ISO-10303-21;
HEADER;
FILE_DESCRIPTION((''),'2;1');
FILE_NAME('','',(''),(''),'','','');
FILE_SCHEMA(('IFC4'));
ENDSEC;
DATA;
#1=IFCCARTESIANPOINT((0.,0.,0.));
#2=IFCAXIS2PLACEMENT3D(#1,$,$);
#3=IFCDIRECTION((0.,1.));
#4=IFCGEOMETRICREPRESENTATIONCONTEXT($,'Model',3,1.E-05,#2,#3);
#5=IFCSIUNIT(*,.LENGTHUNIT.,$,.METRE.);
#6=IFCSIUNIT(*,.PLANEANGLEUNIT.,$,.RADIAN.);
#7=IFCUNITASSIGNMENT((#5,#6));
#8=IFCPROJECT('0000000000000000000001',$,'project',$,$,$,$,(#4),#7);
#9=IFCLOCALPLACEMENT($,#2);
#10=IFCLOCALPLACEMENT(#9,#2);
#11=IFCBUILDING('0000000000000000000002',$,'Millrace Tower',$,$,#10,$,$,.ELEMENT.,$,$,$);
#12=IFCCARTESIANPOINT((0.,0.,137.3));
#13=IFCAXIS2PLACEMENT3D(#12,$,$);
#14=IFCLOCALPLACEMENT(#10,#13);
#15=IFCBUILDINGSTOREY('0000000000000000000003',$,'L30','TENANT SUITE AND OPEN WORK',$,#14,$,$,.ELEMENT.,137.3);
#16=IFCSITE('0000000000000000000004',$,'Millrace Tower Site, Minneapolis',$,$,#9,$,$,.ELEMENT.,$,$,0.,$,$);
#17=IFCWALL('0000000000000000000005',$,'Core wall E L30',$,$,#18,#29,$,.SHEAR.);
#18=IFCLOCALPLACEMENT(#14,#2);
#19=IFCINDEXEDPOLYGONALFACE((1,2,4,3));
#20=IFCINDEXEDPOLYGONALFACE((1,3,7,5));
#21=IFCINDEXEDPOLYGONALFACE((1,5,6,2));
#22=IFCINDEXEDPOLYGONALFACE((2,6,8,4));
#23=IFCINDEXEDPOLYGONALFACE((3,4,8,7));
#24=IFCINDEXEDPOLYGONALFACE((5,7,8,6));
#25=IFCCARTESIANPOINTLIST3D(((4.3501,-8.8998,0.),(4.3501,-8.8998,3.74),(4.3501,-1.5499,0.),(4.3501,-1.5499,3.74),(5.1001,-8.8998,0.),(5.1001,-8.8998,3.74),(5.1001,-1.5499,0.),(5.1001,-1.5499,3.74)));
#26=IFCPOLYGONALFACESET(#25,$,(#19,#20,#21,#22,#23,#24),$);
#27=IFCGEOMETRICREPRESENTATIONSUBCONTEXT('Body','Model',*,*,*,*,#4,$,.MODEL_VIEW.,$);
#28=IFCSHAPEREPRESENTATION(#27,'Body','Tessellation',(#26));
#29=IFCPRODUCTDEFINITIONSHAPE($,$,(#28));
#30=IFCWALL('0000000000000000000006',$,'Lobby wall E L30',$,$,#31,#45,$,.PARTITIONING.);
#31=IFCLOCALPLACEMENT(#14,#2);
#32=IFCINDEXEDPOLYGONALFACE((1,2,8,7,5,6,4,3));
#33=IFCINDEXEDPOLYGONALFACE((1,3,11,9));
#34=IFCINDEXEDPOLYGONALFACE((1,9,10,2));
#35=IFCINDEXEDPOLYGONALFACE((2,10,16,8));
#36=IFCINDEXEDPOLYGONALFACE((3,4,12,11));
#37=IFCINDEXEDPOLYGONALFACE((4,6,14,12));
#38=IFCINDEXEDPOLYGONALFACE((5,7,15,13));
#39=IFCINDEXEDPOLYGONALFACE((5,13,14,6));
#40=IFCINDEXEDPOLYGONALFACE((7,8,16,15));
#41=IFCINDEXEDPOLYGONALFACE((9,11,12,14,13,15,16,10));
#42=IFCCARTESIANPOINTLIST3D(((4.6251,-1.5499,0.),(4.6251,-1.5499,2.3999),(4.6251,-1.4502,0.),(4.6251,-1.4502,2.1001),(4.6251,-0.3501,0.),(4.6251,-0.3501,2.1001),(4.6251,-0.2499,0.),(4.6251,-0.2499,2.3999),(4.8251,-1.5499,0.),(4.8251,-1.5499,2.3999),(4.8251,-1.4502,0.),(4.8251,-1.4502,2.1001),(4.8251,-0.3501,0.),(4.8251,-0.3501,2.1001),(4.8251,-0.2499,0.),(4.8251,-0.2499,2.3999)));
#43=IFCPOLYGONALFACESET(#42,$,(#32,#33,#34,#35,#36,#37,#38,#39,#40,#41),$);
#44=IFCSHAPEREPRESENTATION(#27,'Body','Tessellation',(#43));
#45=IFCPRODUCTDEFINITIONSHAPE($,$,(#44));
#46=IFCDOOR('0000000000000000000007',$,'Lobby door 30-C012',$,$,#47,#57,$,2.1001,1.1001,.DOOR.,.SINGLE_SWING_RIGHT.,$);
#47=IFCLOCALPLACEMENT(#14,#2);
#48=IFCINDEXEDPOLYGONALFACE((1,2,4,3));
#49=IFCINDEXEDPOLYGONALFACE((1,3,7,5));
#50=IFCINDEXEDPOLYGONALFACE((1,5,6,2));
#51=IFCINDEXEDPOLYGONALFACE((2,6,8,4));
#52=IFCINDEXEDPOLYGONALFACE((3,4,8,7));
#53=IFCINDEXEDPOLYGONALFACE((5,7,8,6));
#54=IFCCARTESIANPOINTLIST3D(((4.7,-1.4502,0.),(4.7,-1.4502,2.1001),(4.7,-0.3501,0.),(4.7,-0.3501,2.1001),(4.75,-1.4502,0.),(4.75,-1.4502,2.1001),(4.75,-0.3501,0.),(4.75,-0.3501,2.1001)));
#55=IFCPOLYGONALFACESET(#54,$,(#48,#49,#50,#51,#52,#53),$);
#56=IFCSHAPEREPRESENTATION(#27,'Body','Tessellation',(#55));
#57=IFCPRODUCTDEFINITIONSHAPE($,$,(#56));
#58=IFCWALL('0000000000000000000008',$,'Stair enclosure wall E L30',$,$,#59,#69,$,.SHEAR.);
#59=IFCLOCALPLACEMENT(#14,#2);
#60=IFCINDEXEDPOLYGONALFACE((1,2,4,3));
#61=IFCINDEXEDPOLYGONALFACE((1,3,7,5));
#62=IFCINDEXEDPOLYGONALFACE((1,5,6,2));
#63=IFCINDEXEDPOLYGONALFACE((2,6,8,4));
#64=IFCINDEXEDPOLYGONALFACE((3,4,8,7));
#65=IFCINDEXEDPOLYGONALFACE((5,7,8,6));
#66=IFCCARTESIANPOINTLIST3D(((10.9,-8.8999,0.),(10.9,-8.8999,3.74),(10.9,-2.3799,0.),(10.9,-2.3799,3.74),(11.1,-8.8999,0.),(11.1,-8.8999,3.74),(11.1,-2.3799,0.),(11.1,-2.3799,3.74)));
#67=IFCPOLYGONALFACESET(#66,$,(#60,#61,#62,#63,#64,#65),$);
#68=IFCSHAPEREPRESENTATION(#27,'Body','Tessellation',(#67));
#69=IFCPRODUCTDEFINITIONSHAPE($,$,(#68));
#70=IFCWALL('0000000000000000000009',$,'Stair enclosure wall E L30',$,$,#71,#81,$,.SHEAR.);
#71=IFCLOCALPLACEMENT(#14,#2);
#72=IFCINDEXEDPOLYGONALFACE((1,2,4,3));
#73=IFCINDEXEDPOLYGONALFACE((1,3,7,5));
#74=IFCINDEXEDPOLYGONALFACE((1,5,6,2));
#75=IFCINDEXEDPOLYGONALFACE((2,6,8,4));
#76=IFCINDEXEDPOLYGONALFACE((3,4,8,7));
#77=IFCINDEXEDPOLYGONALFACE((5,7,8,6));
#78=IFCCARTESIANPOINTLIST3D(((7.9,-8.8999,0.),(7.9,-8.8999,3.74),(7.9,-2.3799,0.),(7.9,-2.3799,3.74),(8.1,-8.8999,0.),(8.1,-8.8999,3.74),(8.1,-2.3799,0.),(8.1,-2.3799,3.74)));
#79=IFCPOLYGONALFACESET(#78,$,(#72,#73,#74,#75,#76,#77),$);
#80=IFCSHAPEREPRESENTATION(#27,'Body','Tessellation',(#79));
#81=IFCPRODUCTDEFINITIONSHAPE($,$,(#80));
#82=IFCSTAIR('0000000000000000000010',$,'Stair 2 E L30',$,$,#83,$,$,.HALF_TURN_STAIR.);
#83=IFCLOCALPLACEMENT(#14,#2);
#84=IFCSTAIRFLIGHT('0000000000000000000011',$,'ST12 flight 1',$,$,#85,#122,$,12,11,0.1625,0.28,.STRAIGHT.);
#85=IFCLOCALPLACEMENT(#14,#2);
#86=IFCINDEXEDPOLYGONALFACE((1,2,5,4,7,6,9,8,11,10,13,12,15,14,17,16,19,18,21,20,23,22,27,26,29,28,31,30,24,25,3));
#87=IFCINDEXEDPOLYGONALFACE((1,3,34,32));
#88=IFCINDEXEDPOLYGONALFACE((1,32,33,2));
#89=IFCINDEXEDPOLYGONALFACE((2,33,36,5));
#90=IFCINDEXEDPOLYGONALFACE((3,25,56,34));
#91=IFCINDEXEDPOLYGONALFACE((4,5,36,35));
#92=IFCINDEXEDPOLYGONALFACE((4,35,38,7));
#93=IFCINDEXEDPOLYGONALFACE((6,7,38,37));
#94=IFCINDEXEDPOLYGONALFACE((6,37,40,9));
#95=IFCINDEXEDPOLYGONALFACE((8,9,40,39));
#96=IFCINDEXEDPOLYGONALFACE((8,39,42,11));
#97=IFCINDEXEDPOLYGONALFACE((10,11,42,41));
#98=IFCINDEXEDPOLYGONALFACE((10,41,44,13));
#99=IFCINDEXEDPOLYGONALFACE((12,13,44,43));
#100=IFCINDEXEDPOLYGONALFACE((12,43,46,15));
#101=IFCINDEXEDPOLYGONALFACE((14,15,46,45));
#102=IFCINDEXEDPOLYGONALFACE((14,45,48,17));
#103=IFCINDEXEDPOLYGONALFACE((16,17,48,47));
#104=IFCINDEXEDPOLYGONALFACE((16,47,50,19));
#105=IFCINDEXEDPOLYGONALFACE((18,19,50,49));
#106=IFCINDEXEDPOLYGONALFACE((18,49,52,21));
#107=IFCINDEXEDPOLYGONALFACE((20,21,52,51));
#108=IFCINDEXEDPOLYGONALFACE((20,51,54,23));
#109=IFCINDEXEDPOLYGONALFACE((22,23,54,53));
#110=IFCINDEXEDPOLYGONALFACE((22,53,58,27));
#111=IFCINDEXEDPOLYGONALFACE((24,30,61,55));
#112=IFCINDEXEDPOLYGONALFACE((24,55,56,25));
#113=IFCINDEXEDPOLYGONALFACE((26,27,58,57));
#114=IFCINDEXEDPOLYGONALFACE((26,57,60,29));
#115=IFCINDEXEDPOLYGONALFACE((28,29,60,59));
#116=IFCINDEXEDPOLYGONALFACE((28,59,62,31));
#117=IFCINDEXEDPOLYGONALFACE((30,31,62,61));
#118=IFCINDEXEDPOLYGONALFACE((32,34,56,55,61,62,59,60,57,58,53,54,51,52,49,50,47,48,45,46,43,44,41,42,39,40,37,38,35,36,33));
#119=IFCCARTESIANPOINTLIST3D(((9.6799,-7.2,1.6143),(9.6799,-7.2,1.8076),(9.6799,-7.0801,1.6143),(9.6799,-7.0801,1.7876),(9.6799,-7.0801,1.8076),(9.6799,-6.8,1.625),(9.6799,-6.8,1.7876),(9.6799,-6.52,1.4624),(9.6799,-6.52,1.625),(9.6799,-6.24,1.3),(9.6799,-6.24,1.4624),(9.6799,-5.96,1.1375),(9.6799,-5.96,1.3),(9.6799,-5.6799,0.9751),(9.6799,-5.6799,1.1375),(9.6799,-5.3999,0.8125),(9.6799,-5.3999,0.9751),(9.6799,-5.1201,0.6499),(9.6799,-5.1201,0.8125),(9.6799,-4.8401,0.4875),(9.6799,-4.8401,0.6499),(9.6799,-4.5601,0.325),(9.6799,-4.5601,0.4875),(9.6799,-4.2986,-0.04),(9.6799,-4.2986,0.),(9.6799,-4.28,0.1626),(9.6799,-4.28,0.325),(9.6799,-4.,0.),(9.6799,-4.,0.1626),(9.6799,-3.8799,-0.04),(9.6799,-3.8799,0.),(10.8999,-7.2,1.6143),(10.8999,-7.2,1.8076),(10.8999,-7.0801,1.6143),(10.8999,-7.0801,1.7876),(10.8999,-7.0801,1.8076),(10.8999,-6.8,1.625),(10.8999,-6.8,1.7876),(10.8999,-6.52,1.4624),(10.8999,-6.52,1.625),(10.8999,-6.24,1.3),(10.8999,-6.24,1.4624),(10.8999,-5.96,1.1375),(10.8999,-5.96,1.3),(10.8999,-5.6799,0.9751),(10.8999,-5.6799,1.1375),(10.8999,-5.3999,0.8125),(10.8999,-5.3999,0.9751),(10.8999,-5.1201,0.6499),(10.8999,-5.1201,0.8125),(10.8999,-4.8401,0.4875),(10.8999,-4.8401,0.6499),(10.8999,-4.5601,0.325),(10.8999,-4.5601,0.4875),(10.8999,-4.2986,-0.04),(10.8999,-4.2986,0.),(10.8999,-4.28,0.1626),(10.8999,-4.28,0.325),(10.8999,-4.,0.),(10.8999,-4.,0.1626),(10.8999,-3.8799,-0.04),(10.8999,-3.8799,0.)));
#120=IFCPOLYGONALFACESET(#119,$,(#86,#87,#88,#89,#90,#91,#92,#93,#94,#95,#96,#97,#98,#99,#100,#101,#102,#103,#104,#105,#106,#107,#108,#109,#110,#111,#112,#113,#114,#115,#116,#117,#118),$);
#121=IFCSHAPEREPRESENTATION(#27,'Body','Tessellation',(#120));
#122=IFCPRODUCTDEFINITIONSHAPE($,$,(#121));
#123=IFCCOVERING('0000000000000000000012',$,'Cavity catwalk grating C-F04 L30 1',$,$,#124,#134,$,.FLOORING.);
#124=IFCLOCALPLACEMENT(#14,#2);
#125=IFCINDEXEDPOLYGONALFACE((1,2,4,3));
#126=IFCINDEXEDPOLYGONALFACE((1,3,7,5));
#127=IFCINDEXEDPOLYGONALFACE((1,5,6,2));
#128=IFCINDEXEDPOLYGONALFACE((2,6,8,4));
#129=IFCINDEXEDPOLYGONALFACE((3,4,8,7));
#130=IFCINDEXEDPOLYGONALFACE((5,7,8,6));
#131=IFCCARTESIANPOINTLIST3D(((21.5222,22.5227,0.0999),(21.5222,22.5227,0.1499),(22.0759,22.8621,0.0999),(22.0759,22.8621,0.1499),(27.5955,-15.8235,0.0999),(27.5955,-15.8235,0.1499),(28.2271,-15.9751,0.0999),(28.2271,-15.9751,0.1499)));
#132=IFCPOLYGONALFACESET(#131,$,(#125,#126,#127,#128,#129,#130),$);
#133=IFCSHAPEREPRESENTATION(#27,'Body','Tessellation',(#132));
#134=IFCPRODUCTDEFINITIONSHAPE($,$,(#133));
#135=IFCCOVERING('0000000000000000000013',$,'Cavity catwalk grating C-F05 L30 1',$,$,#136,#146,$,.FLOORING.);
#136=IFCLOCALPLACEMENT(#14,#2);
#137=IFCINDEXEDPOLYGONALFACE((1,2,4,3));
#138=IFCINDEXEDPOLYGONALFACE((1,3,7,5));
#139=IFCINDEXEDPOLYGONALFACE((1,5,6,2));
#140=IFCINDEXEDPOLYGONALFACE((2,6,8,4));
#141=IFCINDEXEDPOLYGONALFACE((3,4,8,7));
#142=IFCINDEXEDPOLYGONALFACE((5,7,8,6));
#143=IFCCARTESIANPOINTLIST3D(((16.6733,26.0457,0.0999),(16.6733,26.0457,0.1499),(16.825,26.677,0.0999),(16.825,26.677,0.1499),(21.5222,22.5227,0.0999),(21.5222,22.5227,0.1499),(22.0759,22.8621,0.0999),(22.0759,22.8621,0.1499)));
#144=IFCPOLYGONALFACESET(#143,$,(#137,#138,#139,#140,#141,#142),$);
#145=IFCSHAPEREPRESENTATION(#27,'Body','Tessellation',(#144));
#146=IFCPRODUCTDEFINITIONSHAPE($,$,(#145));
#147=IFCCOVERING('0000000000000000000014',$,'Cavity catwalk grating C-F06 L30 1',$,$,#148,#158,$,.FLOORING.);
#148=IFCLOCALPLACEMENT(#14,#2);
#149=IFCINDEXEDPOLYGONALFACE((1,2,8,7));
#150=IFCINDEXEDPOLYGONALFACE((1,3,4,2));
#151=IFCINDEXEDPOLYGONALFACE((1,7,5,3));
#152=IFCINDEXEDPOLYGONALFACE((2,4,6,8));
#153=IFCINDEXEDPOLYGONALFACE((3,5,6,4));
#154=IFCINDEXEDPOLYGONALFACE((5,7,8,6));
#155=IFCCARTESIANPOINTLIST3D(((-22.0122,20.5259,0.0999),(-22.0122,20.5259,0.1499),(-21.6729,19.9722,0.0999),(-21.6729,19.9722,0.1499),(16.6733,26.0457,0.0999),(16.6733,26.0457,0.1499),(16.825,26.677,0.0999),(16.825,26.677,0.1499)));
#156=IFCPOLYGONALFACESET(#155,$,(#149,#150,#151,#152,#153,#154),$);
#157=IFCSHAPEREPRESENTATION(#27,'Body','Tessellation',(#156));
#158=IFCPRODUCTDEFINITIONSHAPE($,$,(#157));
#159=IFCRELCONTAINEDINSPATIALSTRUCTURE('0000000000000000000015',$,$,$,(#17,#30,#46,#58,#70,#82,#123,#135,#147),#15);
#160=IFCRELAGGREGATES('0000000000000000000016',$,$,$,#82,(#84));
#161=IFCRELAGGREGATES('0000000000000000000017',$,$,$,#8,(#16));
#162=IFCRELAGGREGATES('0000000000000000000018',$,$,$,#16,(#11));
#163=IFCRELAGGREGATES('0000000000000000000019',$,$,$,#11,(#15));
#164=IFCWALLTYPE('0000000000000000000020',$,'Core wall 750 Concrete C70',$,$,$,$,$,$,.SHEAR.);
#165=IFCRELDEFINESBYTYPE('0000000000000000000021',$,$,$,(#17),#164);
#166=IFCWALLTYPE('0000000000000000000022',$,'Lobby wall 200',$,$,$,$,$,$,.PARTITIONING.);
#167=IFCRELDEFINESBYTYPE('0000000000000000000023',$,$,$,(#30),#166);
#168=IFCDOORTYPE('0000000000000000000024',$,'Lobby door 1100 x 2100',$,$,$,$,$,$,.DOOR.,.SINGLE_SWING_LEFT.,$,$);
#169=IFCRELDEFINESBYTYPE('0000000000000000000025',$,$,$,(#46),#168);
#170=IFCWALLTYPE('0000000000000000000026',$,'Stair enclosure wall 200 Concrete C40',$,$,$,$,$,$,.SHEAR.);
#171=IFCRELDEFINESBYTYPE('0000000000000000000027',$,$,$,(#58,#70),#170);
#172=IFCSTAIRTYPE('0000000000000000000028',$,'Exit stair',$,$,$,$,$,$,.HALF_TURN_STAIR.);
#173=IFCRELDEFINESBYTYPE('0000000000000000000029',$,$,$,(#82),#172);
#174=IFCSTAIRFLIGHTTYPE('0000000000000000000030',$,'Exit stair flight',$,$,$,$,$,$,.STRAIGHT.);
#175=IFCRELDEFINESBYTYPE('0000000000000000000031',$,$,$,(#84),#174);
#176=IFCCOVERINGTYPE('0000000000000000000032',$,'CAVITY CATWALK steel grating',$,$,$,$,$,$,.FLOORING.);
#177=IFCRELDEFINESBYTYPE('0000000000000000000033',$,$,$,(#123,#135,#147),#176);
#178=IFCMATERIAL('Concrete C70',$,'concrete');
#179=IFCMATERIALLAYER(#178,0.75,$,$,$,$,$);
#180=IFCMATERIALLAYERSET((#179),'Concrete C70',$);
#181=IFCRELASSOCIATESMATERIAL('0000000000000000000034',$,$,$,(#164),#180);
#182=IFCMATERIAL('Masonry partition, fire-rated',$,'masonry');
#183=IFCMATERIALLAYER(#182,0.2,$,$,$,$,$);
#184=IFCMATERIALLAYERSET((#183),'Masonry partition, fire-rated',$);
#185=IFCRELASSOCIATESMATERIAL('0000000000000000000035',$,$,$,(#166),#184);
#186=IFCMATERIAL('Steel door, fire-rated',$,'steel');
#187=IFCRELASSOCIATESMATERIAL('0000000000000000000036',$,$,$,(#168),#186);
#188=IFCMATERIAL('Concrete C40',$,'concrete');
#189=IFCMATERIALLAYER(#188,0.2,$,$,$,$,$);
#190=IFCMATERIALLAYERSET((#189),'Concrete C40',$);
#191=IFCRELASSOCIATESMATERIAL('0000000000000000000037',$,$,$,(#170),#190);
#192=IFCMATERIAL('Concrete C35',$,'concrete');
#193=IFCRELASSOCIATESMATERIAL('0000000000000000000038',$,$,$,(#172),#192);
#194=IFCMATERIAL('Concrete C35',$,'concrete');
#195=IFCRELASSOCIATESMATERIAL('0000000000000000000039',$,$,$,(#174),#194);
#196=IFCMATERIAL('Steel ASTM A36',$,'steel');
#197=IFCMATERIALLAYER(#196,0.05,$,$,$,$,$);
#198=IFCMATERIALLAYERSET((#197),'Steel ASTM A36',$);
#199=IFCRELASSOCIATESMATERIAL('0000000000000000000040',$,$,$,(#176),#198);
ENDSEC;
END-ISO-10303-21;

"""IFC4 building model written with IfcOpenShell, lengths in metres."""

from ifc_helpers import new_model, si_unit, direction, frame, frame_2d, origin, place, context, subcontext, project, spatial, polyline, rectangle, outline, extrude, material, layer, layer_set, type_object, element, fill, aggregate, save


model = new_model("IFC4")

# Units and contexts
model_context = context("Model", 3, precision=1e-05, world=origin(), true_north=direction((0.0, 1.0)))
body_context = subcontext(model_context, "Body", "Model", "MODEL_VIEW")
ifc_project = project(units=[si_unit("LENGTHUNIT", "METRE"), si_unit("PLANEANGLEUNIT", "RADIAN")], contexts=[model_context])

# Site, building, storey
site_placement = place(None, origin())
site = spatial("IfcSite", under=ifc_project, at=site_placement, Name="Millrace Tower Site, Minneapolis", CompositionType="ELEMENT", RefElevation=0.0)
building_placement = place(site_placement, origin())
building = spatial("IfcBuilding", under=site, at=building_placement, Name="Millrace Tower", CompositionType="ELEMENT")
storey_placement = place(building_placement, frame((0.0, 0.0, 137.3)))
storey = spatial("IfcBuildingStorey", under=building, at=storey_placement, Name="L30", Description="TENANT SUITE AND OPEN WORK", CompositionType="ELEMENT", Elevation=137.3)

# Shared definitions
placement_1 = place(storey_placement, origin())

# Wall
ifc_material_1 = material(Name="Concrete C70", Category="concrete")
ifc_layer_1 = layer(ifc_material_1, 0.75)
ifc_layer_set_1 = layer_set([ifc_layer_1], Name="Concrete C70")
wall_type_1 = type_object("IfcWallType", Name="Core wall 750 Concrete C70", PredefinedType="SHEAR", material=ifc_layer_set_1)
wall_1_placement = place(storey_placement, frame((4.7251, -1.55, 0.0), z_axis=(0.0, 0.0, 1.0), x_axis=(0.0, -1.0, 0.0)))
element("IfcWall", 1, at=wall_1_placement, inside=storey, type_object=wall_type_1, Name="Core wall E L30", PredefinedType="SHEAR", context=body_context, shape_type="SweptSolid", body=[
    extrude(rectangle(XDim=7.3499, YDim=0.75, at=frame_2d((3.6748, 0.0))), origin(), (0.0, 0.0, 1.0), 3.74),
])

# Wall, opening, door
ifc_material_2 = material(Name="Masonry partition, fire-rated", Category="masonry")
ifc_layer_2 = layer(ifc_material_2, 0.2)
ifc_layer_set_2 = layer_set([ifc_layer_2], Name="Masonry partition, fire-rated")
wall_type_2 = type_object("IfcWallType", Name="Lobby wall 200", PredefinedType="PARTITIONING", material=ifc_layer_set_2)
wall_2_placement = place(storey_placement, frame((4.7251, -0.25, 0.0), z_axis=(0.0, 0.0, 1.0), x_axis=(0.0, -1.0, 0.0)))
wall_2 = element("IfcWall", 2, at=wall_2_placement, inside=storey, type_object=wall_type_2, Name="Lobby wall E L30", PredefinedType="PARTITIONING", context=body_context, shape_type="SweptSolid", body=[
    extrude(rectangle(XDim=1.3, YDim=0.2, at=frame_2d((0.6499, 0.0))), origin(), (0.0, 0.0, 1.0), 2.3999),
])
opening_placement = place(wall_2_placement, frame((0.1001, 0.0, 0.0)))
opening = element("IfcOpeningElement", 3, at=opening_placement, cuts=wall_2, PredefinedType="OPENING", context=body_context, shape_type="SweptSolid", body=[
    extrude(rectangle(XDim=1.1001, YDim=2.1001, at=frame_2d((0.55, 1.05))), frame((0.0, 0.1099, 0.0), z_axis=(0.0, -1.0, 0.0), x_axis=(1.0, 0.0, 0.0)), (0.0, 0.0, 1.0), 0.22),
])
ifc_material_3 = material(Name="Steel door, fire-rated", Category="steel")
door_type = type_object("IfcDoorType", Name="Lobby door 1100 x 2100", OperationType="SINGLE_SWING_LEFT", PredefinedType="DOOR", material=ifc_material_3)
door_placement = place(opening_placement, origin())
door = element("IfcDoor", 4, at=door_placement, inside=storey, type_object=door_type, Name="Lobby door 30-C012", OperationType="SINGLE_SWING_RIGHT", OverallHeight=2.1001, OverallWidth=1.1001, PredefinedType="DOOR", context=body_context, shape_type="SweptSolid", body=[
    extrude(rectangle(XDim=1.1001, YDim=2.1001, at=frame_2d((0.55, 1.05))), frame((0.0, 0.0249, 0.0), z_axis=(0.0, -1.0, 0.0), x_axis=(1.0, 0.0, 0.0)), (0.0, 0.0, 1.0), 0.05),
])
fill(opening, door)

# Walls
ifc_material_4 = material(Name="Concrete C40", Category="concrete")
ifc_layer_3 = layer(ifc_material_4, 0.2)
ifc_layer_set_3 = layer_set([ifc_layer_3], Name="Concrete C40")
wall_type_3 = type_object("IfcWallType", Name="Stair enclosure wall 200 Concrete C40", PredefinedType="SHEAR", material=ifc_layer_set_3)
for number, where, z_axis, x_axis, name in (
    (5, (11.0, -2.3799, 0.0), (0.0, 0.0, 1.0), (0.0, -1.0, 0.0), "Stair enclosure wall E L30"),
    (6, (8.0, -2.3799, 0.0), (0.0, 0.0, 1.0), (0.0, -1.0, 0.0), "Stair enclosure wall E L30"),
):
    element("IfcWall", number, at=place(storey_placement, frame(where, z_axis=z_axis, x_axis=x_axis)), inside=storey, type_object=wall_type_3, Name=name, PredefinedType="SHEAR", context=body_context, shape_type="SweptSolid", body=[
        extrude(rectangle(XDim=6.52, YDim=0.2, at=frame_2d((3.26, 0.0))), origin(), (0.0, 0.0, 1.0), 3.74),
    ])

# Stair, stair flight
ifc_material_5 = material(Name="Concrete C35", Category="concrete")
stair_type = type_object("IfcStairType", Name="Exit stair", PredefinedType="HALF_TURN_STAIR", material=ifc_material_5)
stair = element("IfcStair", 7, at=placement_1, inside=storey, type_object=stair_type, Name="Stair 2 E L30", PredefinedType="HALF_TURN_STAIR")
ifc_material_6 = material(Name="Concrete C35", Category="concrete")
stair_flight_type = type_object("IfcStairFlightType", Name="Exit stair flight", PredefinedType="STRAIGHT", material=ifc_material_6)
stair_flight_placement = place(storey_placement, frame((10.29, -4.0, 0.0), z_axis=(0.0, 0.0, 1.0), x_axis=(0.0, -1.0, 0.0)))
stair_flight = element("IfcStairFlight", 8, at=stair_flight_placement, type_object=stair_flight_type, Name="ST12 flight 1", NumberOfRisers=12, NumberOfTreads=11, PredefinedType="STRAIGHT", RiserHeight=0.1625, TreadLength=0.28, context=body_context, shape_type="SweptSolid", body=[
    extrude(outline(polyline([(-0.1201, -0.04), (-0.1201, 0.0), (0.0, 0.0), (0.0, 0.1626), (0.28, 0.1626), (0.28, 0.325), (0.5601, 0.325), (0.5601, 0.4875), (0.8401, 0.4875), (0.8401, 0.6499), (1.1201, 0.6499), (1.1201, 0.8125), (1.3999, 0.8125), (1.3999, 0.9751), (1.6799, 0.9751), (1.6799, 1.1375), (1.96, 1.1375), (1.96, 1.3), (2.24, 1.3), (2.24, 1.4624), (2.52, 1.4624), (2.52, 1.625), (2.8, 1.625), (2.8, 1.7876), (3.0801, 1.7876), (3.0801, 1.8076), (3.2, 1.8076), (3.2, 1.6143), (3.0801, 1.6143), (0.2986, 0.0), (0.2986, -0.04), (-0.1201, -0.04)])), frame((0.0, 0.6099, 0.0), z_axis=(0.0, -1.0, 0.0), x_axis=(1.0, 0.0, 0.0)), (0.0, 0.0, 1.0), 1.22),
])
aggregate(stair, [stair_flight])

# Coverings
ifc_material_7 = material(Name="Steel ASTM A36", Category="steel")
ifc_layer_4 = layer(ifc_material_7, 0.05)
ifc_layer_set_4 = layer_set([ifc_layer_4], Name="Steel ASTM A36")
covering_type = type_object("IfcCoveringType", Name="CAVITY CATWALK steel grating", PredefinedType="FLOORING", material=ifc_layer_set_4)
placement_2 = place(storey_placement, frame((0.0, 0.0, 0.0999)))
element("IfcCovering", 9, at=placement_2, inside=storey, type_object=covering_type, Name="Cavity catwalk grating C-F04 L30 1", PredefinedType="FLOORING", context=body_context, shape_type="SweptSolid", body=[
    extrude(outline(polyline([(28.2271, -15.9751), (22.0759, 22.8621), (21.5222, 22.5227), (27.5955, -15.8235), (28.2271, -15.9751)])), origin(), (0.0, 0.0, 1.0), 0.05),
])
element("IfcCovering", 10, at=placement_2, inside=storey, type_object=covering_type, Name="Cavity catwalk grating C-F05 L30 1", PredefinedType="FLOORING", context=body_context, shape_type="SweptSolid", body=[
    extrude(outline(polyline([(22.0759, 22.8621), (16.825, 26.677), (16.6733, 26.0457), (21.5222, 22.5227), (22.0759, 22.8621)])), origin(), (0.0, 0.0, 1.0), 0.05),
])
element("IfcCovering", 11, at=placement_2, inside=storey, type_object=covering_type, Name="Cavity catwalk grating C-F06 L30 1", PredefinedType="FLOORING", context=body_context, shape_type="SweptSolid", body=[
    extrude(outline(polyline([(16.825, 26.677), (-22.0122, 20.5259), (-21.6729, 19.9722), (16.6733, 26.0457), (16.825, 26.677)])), origin(), (0.0, 0.0, 1.0), 0.05),
])

save(model, "model.ifc")
